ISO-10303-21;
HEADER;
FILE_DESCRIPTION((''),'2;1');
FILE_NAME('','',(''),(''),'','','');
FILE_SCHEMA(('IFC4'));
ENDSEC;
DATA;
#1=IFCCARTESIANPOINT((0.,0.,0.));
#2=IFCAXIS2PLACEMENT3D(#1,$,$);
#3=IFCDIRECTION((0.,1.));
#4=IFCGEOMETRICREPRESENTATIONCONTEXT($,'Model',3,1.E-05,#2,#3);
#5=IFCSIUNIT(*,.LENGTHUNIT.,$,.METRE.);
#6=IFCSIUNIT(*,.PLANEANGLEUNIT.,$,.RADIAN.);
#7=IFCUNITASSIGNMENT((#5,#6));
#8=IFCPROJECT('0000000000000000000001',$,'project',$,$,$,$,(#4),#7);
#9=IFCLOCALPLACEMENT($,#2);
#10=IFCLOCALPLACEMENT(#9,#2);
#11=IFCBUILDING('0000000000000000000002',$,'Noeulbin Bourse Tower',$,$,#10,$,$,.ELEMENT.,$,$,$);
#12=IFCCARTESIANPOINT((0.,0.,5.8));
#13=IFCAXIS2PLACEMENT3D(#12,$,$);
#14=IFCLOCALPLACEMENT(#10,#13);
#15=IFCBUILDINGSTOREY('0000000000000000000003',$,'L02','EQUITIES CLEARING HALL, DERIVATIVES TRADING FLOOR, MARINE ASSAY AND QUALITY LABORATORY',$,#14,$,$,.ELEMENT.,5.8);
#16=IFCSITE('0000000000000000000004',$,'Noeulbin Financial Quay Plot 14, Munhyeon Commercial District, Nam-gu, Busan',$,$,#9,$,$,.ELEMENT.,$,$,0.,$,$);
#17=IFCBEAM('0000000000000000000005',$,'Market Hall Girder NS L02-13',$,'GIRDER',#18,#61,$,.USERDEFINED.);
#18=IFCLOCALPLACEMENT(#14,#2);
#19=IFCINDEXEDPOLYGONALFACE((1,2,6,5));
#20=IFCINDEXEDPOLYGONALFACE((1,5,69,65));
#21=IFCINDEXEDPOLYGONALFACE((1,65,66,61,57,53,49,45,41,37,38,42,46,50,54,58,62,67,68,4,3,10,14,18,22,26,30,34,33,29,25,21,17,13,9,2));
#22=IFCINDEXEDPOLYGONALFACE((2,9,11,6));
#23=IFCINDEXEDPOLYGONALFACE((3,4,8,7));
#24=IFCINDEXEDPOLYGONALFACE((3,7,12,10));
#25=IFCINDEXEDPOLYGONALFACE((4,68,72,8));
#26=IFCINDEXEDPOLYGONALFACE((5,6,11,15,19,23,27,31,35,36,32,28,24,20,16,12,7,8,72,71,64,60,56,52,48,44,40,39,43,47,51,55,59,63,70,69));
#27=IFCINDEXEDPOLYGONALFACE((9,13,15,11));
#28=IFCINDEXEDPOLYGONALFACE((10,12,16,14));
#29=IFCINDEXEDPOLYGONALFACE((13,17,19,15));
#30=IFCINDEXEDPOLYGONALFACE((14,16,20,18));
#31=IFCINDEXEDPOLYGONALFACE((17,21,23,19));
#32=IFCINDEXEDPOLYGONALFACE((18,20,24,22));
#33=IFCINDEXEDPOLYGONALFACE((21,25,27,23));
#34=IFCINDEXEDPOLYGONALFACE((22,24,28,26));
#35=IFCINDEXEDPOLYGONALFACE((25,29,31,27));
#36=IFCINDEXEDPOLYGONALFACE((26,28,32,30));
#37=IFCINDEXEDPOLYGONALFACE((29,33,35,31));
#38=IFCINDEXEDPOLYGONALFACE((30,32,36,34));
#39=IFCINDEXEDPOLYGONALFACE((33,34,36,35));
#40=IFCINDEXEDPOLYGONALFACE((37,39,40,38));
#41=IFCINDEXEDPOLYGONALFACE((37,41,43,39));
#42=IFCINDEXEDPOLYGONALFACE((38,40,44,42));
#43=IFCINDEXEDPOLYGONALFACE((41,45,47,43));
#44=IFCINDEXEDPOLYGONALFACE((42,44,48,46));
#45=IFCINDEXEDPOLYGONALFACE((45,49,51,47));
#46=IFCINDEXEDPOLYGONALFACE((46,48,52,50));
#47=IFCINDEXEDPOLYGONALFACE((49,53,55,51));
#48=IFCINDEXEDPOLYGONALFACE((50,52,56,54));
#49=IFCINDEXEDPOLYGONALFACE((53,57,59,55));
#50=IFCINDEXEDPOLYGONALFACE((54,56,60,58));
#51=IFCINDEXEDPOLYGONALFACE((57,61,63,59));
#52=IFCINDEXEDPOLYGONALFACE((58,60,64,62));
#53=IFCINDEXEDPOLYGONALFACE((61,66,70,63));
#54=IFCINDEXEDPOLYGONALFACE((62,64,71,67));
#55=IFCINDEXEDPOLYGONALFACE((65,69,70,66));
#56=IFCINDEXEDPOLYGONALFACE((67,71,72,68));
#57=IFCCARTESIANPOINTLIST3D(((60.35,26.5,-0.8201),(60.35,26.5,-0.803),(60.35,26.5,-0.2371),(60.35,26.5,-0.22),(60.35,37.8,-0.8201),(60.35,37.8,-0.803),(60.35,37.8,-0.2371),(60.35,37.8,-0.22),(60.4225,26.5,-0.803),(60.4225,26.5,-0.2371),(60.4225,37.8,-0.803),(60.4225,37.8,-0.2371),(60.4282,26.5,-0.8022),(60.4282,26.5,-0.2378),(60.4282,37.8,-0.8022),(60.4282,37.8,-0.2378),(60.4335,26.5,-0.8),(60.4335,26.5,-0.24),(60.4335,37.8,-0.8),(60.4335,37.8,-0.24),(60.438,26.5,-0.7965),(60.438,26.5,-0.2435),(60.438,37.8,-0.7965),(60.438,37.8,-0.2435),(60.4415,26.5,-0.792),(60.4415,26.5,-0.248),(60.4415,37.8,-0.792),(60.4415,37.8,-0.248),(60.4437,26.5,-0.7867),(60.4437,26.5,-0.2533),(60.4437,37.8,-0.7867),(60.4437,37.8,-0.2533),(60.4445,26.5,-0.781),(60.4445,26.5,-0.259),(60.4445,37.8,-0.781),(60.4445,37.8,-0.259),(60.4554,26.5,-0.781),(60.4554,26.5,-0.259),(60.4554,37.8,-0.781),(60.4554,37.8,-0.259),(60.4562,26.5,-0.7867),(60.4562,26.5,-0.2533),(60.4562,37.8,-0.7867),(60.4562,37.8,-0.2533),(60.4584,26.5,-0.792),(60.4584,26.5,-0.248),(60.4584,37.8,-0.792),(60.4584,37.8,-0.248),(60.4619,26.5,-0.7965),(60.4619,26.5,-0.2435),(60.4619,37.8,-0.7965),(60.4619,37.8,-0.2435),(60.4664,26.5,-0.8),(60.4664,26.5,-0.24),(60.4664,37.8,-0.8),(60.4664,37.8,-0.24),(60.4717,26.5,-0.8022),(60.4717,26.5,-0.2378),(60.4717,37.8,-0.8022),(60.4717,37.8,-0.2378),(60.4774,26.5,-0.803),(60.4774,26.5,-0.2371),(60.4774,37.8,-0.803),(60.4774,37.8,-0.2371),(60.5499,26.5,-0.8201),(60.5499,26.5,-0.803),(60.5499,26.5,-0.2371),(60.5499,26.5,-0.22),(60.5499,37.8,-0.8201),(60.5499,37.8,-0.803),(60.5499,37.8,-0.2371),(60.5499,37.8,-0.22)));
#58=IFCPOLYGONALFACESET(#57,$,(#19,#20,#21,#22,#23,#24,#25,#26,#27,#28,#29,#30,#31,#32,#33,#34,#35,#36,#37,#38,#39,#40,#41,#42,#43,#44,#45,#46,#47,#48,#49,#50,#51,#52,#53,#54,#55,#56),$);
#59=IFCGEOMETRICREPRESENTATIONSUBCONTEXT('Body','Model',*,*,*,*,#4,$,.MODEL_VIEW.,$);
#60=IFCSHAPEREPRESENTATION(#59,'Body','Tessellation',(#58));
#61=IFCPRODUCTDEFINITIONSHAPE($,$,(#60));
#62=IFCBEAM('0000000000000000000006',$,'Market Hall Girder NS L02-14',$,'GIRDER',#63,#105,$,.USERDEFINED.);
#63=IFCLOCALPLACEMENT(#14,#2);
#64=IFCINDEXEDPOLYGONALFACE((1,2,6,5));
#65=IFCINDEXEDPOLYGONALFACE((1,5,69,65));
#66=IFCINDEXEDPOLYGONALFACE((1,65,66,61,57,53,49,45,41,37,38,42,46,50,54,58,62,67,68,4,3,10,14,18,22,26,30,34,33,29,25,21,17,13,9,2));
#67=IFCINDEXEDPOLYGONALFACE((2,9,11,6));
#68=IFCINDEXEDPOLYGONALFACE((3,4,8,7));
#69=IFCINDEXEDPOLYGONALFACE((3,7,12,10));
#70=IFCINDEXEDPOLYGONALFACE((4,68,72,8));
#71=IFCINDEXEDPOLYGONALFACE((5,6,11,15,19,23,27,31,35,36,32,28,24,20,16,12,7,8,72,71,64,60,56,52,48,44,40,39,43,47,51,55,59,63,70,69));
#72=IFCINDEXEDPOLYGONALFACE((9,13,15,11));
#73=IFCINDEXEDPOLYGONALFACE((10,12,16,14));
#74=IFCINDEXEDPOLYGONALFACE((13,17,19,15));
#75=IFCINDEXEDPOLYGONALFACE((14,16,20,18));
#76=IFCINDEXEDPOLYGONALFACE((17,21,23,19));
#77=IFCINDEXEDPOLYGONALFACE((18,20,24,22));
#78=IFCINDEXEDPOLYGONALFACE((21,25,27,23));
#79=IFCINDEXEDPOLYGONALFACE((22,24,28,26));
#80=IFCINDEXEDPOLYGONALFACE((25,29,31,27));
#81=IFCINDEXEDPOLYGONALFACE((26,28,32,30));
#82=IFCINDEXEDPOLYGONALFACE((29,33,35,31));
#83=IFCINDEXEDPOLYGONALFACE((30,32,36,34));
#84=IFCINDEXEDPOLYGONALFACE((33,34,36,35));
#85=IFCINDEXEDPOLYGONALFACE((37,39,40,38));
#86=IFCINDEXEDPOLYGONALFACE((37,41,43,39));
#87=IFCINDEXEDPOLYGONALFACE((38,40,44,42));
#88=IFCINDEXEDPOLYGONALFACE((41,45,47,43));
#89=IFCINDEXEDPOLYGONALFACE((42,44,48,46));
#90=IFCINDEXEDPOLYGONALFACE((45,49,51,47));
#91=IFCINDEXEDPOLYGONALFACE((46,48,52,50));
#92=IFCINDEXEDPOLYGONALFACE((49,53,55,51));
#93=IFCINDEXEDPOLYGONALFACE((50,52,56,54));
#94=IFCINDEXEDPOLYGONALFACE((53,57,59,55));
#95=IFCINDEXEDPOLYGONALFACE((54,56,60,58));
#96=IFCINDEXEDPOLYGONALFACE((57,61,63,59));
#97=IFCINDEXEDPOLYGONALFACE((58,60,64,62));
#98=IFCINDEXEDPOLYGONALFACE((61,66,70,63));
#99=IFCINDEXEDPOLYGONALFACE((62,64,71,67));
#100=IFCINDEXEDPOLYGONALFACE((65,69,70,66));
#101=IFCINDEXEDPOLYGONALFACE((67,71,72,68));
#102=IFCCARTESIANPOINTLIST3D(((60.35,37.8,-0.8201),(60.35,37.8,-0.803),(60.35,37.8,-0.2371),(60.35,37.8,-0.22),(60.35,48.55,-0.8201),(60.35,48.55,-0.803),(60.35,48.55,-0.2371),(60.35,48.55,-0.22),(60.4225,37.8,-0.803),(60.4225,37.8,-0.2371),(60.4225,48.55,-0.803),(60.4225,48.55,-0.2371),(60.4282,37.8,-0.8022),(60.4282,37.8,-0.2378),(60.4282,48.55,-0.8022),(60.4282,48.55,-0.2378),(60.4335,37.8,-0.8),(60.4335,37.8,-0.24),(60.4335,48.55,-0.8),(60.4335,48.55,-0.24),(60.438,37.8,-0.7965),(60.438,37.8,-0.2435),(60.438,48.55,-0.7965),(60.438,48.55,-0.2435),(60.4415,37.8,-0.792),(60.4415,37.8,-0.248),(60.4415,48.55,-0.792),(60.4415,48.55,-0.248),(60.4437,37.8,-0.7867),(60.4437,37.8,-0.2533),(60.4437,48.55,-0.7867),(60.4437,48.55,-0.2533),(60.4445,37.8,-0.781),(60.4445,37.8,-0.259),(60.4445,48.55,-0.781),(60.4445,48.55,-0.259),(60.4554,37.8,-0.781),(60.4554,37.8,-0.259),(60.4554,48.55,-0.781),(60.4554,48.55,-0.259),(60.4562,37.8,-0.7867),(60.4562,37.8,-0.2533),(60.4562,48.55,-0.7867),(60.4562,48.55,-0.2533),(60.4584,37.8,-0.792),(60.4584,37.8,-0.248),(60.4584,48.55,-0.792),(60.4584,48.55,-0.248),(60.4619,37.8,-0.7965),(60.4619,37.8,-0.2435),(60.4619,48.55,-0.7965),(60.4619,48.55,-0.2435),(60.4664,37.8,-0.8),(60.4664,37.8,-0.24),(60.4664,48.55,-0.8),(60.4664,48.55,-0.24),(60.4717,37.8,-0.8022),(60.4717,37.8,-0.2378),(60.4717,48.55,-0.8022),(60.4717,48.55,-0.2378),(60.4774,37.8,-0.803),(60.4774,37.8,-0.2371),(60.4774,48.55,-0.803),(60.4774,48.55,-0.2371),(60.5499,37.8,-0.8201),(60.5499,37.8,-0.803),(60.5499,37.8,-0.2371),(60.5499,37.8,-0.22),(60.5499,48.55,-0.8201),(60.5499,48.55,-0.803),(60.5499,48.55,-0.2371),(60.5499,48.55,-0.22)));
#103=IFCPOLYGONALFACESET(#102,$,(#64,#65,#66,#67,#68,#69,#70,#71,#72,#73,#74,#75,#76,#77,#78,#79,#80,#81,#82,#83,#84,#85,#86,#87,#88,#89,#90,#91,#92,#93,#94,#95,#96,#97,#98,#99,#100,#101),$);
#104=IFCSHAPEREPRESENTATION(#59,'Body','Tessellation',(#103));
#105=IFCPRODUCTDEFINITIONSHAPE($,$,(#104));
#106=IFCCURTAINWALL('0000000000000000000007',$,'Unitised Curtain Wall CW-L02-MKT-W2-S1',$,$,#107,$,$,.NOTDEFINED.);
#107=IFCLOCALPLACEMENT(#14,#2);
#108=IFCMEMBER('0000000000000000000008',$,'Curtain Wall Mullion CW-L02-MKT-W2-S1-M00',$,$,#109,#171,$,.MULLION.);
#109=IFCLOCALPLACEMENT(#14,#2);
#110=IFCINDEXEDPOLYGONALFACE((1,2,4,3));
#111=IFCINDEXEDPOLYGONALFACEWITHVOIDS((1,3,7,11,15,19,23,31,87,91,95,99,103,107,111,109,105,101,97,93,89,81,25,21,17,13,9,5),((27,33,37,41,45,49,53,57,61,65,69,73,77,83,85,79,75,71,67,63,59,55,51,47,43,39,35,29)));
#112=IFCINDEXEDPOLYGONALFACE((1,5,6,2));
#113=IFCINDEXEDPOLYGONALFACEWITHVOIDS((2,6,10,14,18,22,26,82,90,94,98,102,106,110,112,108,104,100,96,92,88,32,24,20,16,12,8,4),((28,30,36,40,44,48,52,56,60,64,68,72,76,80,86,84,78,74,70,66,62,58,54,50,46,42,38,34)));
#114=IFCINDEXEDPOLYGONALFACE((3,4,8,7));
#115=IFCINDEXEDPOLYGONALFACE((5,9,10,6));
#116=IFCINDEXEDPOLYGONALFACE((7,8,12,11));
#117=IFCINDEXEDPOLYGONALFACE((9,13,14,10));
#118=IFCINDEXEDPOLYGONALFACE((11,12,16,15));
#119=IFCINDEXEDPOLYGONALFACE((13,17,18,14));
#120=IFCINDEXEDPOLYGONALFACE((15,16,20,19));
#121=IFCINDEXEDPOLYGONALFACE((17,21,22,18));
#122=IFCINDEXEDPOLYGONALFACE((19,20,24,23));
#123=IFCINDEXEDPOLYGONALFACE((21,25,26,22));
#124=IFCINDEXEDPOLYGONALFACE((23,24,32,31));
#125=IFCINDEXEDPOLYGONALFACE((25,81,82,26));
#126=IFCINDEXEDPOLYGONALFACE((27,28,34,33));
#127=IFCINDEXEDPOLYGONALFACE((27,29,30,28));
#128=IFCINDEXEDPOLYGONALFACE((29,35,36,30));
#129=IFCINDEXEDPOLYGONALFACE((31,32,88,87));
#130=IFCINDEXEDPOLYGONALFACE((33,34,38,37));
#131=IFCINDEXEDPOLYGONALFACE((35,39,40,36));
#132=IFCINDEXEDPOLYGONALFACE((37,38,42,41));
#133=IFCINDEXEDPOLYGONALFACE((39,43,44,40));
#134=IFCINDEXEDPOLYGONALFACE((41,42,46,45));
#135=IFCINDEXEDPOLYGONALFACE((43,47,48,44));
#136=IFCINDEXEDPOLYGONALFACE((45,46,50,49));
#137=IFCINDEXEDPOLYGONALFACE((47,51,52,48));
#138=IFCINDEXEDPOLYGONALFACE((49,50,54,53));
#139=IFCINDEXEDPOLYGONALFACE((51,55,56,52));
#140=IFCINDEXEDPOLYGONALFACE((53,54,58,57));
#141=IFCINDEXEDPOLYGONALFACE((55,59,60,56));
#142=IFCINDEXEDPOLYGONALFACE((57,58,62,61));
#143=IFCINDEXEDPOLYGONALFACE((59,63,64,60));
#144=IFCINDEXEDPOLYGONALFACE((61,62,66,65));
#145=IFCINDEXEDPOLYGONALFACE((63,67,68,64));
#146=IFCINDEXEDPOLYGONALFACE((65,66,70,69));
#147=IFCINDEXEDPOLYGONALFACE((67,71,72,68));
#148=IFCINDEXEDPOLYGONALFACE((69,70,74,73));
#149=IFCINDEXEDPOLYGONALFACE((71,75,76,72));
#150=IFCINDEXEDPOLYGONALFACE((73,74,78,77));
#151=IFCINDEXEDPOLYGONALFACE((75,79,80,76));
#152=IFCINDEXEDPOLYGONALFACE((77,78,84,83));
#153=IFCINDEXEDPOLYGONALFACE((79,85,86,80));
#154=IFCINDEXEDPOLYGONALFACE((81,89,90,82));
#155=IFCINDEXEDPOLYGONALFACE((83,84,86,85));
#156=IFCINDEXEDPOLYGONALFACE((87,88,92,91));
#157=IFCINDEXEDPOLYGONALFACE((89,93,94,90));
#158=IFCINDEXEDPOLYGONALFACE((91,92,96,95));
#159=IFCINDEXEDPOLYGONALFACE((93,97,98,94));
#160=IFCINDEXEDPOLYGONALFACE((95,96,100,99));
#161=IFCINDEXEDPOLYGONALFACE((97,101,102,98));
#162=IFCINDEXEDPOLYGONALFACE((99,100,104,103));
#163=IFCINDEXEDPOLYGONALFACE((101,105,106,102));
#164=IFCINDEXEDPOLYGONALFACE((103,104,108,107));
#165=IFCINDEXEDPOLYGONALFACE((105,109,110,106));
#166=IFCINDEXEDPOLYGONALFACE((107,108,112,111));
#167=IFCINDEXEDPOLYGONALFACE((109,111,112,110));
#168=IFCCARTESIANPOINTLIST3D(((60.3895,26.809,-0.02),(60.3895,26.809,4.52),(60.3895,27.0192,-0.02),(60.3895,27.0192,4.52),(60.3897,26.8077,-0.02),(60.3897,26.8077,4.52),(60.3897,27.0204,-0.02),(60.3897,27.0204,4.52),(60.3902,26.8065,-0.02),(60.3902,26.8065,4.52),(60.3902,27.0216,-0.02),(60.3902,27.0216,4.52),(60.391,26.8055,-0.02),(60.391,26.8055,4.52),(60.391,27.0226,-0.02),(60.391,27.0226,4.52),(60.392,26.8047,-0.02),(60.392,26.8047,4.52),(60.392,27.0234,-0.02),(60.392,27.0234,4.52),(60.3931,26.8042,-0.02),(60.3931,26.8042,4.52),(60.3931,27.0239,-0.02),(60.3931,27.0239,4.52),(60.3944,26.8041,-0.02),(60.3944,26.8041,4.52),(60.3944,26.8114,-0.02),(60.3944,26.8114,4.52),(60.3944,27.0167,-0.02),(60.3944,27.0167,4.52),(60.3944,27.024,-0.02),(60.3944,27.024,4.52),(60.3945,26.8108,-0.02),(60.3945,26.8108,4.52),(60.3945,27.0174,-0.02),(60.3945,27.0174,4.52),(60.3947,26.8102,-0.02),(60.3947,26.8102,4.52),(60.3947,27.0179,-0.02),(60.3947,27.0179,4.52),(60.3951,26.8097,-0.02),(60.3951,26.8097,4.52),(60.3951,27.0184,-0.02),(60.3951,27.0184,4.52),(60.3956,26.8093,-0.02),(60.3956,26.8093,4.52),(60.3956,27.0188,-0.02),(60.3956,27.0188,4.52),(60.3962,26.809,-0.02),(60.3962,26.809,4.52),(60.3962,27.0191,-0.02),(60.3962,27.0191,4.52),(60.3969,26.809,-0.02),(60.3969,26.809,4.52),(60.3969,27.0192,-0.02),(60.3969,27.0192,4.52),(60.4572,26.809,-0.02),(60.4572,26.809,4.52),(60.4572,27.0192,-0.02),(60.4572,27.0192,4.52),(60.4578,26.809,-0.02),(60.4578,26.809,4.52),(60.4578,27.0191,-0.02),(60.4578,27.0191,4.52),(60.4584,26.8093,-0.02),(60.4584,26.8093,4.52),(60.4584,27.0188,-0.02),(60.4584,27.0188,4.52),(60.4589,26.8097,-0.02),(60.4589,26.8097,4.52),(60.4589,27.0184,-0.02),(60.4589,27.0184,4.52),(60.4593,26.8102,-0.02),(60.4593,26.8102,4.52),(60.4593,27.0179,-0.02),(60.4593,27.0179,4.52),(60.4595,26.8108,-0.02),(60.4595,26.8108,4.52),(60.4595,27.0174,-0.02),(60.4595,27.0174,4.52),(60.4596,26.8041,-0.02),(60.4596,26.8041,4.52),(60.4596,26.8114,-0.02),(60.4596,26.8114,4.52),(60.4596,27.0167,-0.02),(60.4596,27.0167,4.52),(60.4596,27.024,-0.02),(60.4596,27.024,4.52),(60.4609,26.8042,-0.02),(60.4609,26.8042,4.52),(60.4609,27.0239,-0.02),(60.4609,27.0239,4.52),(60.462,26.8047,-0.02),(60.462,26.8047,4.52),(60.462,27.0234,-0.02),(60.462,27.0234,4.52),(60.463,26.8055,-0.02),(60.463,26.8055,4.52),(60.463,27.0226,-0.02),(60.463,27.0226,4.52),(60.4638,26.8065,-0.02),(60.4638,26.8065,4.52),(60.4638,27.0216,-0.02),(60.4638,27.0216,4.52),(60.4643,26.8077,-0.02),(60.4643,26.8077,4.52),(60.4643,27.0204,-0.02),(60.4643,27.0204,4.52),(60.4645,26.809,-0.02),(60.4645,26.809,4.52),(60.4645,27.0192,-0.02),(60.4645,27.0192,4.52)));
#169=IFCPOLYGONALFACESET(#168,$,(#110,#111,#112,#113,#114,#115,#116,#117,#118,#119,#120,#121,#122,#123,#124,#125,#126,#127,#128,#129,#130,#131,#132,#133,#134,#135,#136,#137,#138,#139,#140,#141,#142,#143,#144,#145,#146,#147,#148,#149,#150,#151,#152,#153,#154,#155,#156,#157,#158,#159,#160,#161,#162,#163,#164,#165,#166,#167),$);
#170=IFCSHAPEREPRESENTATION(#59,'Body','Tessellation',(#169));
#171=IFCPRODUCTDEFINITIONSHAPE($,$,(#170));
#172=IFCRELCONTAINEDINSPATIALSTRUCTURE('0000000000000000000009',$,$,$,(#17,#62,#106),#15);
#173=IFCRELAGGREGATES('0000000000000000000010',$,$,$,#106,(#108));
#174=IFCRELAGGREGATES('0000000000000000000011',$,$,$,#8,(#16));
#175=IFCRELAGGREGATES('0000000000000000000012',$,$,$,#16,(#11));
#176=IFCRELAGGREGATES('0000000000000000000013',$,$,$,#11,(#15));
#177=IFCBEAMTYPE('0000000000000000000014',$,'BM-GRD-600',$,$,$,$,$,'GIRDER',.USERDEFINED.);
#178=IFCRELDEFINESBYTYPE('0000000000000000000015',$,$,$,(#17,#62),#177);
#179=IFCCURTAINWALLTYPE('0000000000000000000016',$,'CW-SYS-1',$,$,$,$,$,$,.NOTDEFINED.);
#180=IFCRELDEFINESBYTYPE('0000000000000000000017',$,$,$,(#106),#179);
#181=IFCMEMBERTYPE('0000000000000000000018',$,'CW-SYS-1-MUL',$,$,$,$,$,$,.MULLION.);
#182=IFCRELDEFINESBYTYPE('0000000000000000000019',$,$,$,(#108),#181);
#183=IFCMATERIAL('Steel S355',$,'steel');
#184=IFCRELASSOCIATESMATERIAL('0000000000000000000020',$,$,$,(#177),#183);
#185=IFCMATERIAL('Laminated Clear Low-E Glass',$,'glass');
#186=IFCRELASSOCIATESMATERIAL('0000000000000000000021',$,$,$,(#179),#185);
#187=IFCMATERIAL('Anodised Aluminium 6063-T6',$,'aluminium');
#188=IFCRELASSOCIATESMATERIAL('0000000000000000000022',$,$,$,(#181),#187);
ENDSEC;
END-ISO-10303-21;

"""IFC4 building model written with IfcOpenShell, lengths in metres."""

from ifc_helpers import new_model, si_unit, direction, frame, origin, origin_2d, place, context, subcontext, project, spatial, hollow_rectangle, i_section, extrude, material, material_profile, profile_set, type_object, element, aggregate, save


model = new_model("IFC4")

# Units and contexts
model_context = context("Model", 3, precision=1e-05, world=origin(), true_north=direction((0.0, 1.0)))
body_context = subcontext(model_context, "Body", "Model", "MODEL_VIEW")
ifc_project = project(units=[si_unit("LENGTHUNIT", "METRE"), si_unit("PLANEANGLEUNIT", "RADIAN")], contexts=[model_context])

# Site, building, storey
site_placement = place(None, origin())
site = spatial("IfcSite", under=ifc_project, at=site_placement, Name="Noeulbin Financial Quay Plot 14, Munhyeon Commercial District, Nam-gu, Busan", CompositionType="ELEMENT", RefElevation=0.0)
building_placement = place(site_placement, origin())
building = spatial("IfcBuilding", under=site, at=building_placement, Name="Noeulbin Bourse Tower", CompositionType="ELEMENT")
storey_placement = place(building_placement, frame((0.0, 0.0, 5.8)))
storey = spatial("IfcBuildingStorey", under=building, at=storey_placement, Name="L02", Description="EQUITIES CLEARING HALL, DERIVATIVES TRADING FLOOR, MARINE ASSAY AND QUALITY LABORATORY", CompositionType="ELEMENT", Elevation=5.8)

# Shared definitions
ifc_material_1 = material(Name="Steel S355", Category="steel")

# Beams
ifc_material_profile_1 = material_profile(ifc_material_1, i_section(OverallWidth=0.2, OverallDepth=0.6001, WebThickness=0.011, FlangeThickness=0.0171, FilletRadius=0.022, at=origin_2d()), Name="H-600x200x11x17", Category="LoadBearing")
ifc_profile_set_1 = profile_set([ifc_material_profile_1], Name="Steel S355")
beam_type = type_object("IfcBeamType", Name="BM-GRD-600", ElementType="GIRDER", PredefinedType="USERDEFINED", material=ifc_profile_set_1)
beam_1_placement = place(storey_placement, frame((60.45, 26.5, -0.52), z_axis=(0.0, 1.0, 0.0), x_axis=(-1.0, 0.0, 0.0)))
element("IfcBeam", 1, at=beam_1_placement, inside=storey, type_object=beam_type, Name="Market Hall Girder NS L02-13", ObjectType="GIRDER", PredefinedType="USERDEFINED", context=body_context, shape_type="SweptSolid", body=[
    extrude(i_section(OverallWidth=0.2, OverallDepth=0.6001, WebThickness=0.011, FlangeThickness=0.0171, FilletRadius=0.022, at=origin_2d()), origin(), (0.0, 0.0, 1.0), 11.3),
])
beam_2_placement = place(storey_placement, frame((60.45, 37.8, -0.52), z_axis=(0.0, 1.0, 0.0), x_axis=(-1.0, 0.0, 0.0)))
element("IfcBeam", 2, at=beam_2_placement, inside=storey, type_object=beam_type, Name="Market Hall Girder NS L02-14", ObjectType="GIRDER", PredefinedType="USERDEFINED", context=body_context, shape_type="SweptSolid", body=[
    extrude(i_section(OverallWidth=0.2, OverallDepth=0.6001, WebThickness=0.011, FlangeThickness=0.0171, FilletRadius=0.022, at=origin_2d()), origin(), (0.0, 0.0, 1.0), 10.75),
])

# Curtain wall, member
ifc_material_2 = material(Name="Laminated Clear Low-E Glass", Category="glass")
curtain_wall_type_1 = type_object("IfcCurtainWallType", Name="CW-SYS-1", PredefinedType="NOTDEFINED", material=ifc_material_2)
curtain_wall_1_placement = place(storey_placement, origin())
curtain_wall_1 = element("IfcCurtainWall", 3, at=curtain_wall_1_placement, inside=storey, type_object=curtain_wall_type_1, Name="Unitised Curtain Wall CW-L02-MKT-W2-S1", PredefinedType="NOTDEFINED")
ifc_material_3 = material(Name="Anodised Aluminium 6063-T6", Category="aluminium")
ifc_material_profile_2 = material_profile(ifc_material_3, hollow_rectangle(XDim=0.075, YDim=0.22, WallThickness=0.0049, InnerFilletRadius=0.0024, OuterFilletRadius=0.0049, at=origin_2d()), Name="ALU-MULL-75x220x5", Category="LoadBearing")
ifc_profile_set_2 = profile_set([ifc_material_profile_2], Name="Anodised Aluminium 6063-T6")
member_type_1 = type_object("IfcMemberType", Name="CW-SYS-1-MUL", PredefinedType="MULLION", material=ifc_profile_set_2)
member_1_placement = place(storey_placement, frame((60.427, 26.9141, -0.02), z_axis=(0.0, 0.0, 1.0), x_axis=(1.0, 0.0, 0.0)))
member_1 = element("IfcMember", 4, at=member_1_placement, type_object=member_type_1, Name="Curtain Wall Mullion CW-L02-MKT-W2-S1-M00", PredefinedType="MULLION", context=body_context, shape_type="SweptSolid", body=[
    extrude(hollow_rectangle(XDim=0.075, YDim=0.22, WallThickness=0.0049, InnerFilletRadius=0.0024, OuterFilletRadius=0.0049, at=origin_2d()), origin(), (0.0, 0.0, 1.0), 4.54),
])

aggregate(curtain_wall_1, [member_1])

save(model, "model.ifc")
